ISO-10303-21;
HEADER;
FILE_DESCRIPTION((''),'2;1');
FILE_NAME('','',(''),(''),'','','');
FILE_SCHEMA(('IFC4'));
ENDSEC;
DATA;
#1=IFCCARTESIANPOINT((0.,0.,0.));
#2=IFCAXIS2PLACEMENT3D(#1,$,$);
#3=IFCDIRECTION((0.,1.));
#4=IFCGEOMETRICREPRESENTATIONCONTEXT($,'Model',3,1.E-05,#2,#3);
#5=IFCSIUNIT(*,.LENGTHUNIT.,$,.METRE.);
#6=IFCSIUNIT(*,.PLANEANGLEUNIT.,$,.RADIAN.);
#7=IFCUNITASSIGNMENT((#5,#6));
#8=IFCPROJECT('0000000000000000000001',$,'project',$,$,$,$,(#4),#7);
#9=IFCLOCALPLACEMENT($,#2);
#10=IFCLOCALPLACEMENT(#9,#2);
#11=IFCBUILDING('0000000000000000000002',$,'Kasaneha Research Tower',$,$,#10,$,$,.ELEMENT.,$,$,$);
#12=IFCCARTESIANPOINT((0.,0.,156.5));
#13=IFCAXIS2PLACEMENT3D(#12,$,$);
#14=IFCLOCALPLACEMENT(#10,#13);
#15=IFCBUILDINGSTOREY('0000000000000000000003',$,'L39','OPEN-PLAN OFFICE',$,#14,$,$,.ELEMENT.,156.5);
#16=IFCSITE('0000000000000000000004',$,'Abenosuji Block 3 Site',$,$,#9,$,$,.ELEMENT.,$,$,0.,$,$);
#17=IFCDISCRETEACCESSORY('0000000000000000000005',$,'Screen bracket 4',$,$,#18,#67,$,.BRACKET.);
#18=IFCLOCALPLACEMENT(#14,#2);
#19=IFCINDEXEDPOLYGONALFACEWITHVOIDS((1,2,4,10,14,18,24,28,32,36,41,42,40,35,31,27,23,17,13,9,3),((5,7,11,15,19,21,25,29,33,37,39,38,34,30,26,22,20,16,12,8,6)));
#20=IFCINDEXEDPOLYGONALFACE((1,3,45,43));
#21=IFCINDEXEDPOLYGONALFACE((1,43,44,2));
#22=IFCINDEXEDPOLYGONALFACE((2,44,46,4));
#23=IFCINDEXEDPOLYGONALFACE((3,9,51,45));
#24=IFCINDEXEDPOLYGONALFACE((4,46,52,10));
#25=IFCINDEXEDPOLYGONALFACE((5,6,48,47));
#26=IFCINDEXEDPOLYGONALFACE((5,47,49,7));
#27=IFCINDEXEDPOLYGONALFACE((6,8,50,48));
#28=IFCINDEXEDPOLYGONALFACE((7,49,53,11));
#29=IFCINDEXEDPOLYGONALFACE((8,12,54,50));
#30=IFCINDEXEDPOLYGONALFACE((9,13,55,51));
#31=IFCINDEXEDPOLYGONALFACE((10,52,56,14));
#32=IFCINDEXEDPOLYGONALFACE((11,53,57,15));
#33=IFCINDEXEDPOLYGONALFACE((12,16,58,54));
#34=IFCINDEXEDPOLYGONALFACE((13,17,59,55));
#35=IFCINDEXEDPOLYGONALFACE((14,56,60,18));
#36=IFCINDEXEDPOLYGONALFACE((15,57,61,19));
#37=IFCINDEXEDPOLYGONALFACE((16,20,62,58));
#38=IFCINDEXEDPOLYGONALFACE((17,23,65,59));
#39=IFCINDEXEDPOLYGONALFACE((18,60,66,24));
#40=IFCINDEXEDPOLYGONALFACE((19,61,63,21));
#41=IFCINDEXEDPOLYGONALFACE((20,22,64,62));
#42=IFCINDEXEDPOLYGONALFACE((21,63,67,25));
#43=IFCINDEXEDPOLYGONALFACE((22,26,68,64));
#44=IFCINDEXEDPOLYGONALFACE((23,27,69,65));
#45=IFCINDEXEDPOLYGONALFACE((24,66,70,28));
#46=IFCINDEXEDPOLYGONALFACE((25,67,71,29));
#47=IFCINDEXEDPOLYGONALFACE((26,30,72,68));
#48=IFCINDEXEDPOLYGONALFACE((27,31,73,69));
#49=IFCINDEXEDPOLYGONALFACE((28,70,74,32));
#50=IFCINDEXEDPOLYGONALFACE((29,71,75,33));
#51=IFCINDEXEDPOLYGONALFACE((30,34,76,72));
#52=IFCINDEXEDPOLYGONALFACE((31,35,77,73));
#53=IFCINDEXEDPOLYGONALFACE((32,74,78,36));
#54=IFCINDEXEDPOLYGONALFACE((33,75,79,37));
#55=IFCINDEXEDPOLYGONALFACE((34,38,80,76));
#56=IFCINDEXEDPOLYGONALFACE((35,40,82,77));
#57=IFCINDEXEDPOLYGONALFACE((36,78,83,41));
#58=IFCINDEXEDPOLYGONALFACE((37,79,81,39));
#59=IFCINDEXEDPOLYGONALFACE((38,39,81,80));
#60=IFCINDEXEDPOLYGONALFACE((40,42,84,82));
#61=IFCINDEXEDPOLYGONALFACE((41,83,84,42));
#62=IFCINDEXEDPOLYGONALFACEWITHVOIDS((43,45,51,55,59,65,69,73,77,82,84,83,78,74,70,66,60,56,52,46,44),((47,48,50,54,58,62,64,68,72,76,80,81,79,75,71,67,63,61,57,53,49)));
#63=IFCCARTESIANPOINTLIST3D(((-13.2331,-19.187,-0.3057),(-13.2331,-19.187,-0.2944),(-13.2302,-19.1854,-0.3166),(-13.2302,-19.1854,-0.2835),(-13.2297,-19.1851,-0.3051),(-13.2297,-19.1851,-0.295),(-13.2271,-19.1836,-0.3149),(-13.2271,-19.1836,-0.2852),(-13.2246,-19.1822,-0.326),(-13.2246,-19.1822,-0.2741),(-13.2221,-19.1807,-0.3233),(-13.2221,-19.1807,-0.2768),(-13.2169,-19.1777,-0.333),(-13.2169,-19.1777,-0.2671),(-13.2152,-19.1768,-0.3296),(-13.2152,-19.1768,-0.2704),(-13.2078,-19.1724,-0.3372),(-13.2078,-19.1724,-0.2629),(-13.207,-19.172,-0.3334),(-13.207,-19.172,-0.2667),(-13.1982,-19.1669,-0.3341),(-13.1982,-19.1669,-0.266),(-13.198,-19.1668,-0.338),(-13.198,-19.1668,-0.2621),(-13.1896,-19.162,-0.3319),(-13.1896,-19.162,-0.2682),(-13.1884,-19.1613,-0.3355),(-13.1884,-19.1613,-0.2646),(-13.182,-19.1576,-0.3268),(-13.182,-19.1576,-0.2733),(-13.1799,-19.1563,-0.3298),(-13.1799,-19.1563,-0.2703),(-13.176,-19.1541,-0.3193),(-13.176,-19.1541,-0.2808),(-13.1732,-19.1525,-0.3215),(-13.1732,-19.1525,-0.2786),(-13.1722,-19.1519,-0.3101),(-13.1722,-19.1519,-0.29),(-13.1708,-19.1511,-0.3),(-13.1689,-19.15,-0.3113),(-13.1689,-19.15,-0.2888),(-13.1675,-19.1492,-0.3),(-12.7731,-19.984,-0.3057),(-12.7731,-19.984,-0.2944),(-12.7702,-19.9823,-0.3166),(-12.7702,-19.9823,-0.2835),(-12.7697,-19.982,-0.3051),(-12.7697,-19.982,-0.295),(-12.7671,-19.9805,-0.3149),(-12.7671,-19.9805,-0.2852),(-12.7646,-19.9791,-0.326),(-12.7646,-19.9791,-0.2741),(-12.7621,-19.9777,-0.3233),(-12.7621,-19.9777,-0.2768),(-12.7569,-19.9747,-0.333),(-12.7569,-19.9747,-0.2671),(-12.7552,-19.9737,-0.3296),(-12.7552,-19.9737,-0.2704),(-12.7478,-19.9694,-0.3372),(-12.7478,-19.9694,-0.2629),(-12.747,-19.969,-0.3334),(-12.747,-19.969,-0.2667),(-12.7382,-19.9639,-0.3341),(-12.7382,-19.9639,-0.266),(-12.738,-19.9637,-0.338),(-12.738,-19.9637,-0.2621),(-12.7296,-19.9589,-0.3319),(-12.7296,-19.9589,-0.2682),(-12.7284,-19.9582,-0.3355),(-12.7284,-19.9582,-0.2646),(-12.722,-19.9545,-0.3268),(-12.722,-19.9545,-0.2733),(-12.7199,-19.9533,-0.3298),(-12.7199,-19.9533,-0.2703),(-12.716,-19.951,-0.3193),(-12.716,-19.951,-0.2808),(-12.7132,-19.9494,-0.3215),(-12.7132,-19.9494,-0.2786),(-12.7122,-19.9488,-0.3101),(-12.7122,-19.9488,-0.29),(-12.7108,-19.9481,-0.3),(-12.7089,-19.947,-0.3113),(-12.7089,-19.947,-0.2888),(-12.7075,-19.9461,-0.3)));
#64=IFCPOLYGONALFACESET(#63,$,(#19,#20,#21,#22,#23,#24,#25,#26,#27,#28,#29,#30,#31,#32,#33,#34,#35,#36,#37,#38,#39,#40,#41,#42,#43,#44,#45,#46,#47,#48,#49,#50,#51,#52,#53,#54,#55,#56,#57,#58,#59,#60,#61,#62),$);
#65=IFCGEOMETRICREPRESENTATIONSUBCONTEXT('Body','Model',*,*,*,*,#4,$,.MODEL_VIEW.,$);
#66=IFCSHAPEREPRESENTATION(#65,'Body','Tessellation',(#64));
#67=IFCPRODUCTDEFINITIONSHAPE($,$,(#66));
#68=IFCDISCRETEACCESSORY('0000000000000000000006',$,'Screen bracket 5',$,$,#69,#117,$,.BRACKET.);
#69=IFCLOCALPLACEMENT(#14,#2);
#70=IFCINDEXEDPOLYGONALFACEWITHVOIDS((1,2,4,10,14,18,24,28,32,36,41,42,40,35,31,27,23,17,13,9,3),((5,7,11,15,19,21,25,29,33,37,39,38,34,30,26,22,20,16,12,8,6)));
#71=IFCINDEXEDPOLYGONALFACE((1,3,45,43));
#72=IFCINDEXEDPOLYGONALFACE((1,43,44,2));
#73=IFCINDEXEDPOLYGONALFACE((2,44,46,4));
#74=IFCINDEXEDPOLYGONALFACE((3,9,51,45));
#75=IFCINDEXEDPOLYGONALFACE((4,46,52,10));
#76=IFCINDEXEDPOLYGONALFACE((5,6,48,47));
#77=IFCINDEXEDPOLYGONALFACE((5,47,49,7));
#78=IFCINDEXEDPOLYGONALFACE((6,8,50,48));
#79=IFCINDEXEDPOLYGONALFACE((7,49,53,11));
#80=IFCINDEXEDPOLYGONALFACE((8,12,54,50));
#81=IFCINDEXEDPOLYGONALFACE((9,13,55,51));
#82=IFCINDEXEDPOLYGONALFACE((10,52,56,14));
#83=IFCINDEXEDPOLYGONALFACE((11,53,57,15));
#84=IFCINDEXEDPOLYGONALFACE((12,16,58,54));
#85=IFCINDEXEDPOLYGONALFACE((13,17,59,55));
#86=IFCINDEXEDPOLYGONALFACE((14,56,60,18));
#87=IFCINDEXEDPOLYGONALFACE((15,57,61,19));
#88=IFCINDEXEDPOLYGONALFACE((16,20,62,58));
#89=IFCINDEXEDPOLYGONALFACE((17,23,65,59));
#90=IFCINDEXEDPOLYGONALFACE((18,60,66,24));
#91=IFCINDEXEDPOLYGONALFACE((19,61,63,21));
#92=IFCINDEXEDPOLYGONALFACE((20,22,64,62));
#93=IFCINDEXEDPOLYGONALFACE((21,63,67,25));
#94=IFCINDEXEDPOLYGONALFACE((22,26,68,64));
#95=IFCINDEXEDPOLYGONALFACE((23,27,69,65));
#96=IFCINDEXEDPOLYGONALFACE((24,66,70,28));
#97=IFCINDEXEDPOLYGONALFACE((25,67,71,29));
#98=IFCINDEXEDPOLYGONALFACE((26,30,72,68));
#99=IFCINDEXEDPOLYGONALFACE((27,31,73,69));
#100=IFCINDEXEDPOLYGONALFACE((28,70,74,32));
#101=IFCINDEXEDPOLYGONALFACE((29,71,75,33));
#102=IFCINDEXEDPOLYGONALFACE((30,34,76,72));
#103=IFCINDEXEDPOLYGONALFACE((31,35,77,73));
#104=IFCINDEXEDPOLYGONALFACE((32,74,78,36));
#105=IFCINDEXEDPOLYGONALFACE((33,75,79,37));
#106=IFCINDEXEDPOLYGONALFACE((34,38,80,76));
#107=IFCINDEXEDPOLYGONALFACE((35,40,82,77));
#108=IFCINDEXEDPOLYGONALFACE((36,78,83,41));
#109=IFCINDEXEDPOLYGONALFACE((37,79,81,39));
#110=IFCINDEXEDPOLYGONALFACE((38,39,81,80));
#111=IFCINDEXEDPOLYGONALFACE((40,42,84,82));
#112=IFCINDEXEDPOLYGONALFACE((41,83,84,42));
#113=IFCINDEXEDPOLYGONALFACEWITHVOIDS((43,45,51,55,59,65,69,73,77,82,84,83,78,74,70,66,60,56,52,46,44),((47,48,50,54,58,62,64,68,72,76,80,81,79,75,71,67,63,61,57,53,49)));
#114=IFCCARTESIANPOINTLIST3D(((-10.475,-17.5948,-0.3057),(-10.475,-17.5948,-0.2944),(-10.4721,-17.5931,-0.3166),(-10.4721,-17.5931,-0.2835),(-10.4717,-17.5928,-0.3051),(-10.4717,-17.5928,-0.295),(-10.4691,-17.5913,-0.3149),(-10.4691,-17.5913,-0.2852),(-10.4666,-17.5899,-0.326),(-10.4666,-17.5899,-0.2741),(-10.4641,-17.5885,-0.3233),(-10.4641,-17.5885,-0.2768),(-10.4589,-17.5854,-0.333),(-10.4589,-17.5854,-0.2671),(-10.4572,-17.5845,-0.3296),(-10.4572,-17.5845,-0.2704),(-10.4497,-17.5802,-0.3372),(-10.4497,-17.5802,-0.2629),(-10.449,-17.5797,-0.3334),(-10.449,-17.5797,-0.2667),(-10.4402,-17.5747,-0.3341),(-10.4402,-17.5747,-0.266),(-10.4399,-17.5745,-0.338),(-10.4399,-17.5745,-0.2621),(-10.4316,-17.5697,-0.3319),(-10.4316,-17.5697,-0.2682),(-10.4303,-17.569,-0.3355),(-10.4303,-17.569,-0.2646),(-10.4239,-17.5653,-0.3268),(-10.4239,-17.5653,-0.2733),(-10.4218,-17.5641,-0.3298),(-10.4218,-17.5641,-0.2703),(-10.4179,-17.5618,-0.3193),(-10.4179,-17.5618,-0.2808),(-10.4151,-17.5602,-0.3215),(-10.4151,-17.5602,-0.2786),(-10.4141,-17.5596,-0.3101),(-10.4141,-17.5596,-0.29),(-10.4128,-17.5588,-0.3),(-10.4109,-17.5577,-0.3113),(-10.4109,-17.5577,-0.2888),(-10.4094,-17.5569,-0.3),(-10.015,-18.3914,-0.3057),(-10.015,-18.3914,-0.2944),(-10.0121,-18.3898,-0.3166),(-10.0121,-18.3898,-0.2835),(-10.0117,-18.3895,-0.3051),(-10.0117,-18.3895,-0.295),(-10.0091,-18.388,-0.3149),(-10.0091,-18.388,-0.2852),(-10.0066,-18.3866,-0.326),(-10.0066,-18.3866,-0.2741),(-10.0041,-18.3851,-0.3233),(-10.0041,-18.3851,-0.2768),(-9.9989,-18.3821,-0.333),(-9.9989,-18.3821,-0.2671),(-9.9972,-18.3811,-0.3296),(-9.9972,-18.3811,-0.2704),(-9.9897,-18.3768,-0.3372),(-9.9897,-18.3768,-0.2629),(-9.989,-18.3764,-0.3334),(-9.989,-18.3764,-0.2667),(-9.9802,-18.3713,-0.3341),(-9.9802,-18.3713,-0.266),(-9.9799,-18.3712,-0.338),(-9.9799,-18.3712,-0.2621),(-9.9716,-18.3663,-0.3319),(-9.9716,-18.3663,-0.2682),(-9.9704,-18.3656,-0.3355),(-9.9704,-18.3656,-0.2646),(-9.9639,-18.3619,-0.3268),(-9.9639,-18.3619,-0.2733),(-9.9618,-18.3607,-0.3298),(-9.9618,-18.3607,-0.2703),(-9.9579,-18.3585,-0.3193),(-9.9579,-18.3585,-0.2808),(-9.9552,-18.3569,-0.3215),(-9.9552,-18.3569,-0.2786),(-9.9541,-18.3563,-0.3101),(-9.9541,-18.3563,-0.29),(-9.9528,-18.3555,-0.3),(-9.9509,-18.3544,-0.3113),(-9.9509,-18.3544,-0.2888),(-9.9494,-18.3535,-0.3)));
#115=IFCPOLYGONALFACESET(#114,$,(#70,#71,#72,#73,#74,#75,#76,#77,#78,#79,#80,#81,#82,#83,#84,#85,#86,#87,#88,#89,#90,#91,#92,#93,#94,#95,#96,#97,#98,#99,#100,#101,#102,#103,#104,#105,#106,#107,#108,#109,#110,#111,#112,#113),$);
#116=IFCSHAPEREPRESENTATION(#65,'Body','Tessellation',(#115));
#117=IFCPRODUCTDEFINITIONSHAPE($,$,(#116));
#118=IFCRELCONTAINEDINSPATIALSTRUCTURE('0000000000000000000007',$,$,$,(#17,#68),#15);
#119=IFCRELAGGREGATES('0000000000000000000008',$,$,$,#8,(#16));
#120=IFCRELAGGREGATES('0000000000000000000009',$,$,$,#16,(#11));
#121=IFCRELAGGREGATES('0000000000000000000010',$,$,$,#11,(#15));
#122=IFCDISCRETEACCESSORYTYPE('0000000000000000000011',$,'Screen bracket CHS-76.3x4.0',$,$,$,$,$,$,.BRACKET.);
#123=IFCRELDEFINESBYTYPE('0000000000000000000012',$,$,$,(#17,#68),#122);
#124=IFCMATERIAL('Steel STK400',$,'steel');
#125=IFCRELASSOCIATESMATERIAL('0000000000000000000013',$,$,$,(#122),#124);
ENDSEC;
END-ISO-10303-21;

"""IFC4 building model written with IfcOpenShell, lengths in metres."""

from ifc_helpers import new_model, si_unit, direction, frame, origin, origin_2d, place, context, subcontext, project, spatial, hollow_circle, extrude, material, material_profile, profile_set, type_object, element, save


model = new_model("IFC4")

# Units and contexts
model_context = context("Model", 3, precision=1e-05, world=origin(), true_north=direction((0.0, 1.0)))
body_context = subcontext(model_context, "Body", "Model", "MODEL_VIEW")
ifc_project = project(units=[si_unit("LENGTHUNIT", "METRE"), si_unit("PLANEANGLEUNIT", "RADIAN")], contexts=[model_context])

# Site, building, storey
site_placement = place(None, origin())
site = spatial("IfcSite", under=ifc_project, at=site_placement, Name="Abenosuji Block 3 Site", CompositionType="ELEMENT", RefElevation=0.0)
building_placement = place(site_placement, origin())
building = spatial("IfcBuilding", under=site, at=building_placement, Name="Kasaneha Research Tower", CompositionType="ELEMENT")
storey_placement = place(building_placement, frame((0.0, 0.0, 156.5)))
storey = spatial("IfcBuildingStorey", under=building, at=storey_placement, Name="L39", Description="OPEN-PLAN OFFICE", CompositionType="ELEMENT", Elevation=156.5)

# Discrete accessories
ifc_material_1 = material(Name="Steel STK400", Category="steel")
ifc_material_profile_1 = material_profile(ifc_material_1, hollow_circle(Radius=0.0381, WallThickness=0.0039, at=origin_2d()), Name="CHS-76.3x4.0")
ifc_profile_set_1 = profile_set([ifc_material_profile_1], Name="Steel STK400")
discrete_accessory_type = type_object("IfcDiscreteAccessoryType", Name="Screen bracket CHS-76.3x4.0", PredefinedType="BRACKET", material=ifc_profile_set_1)
discrete_accessory_1_placement = place(storey_placement, frame((-13.2004, -19.1682, -0.3), z_axis=(0.499906, -0.86608, 0.0), x_axis=(0.86608, 0.499906, 0.0)))
element("IfcDiscreteAccessory", 1, at=discrete_accessory_1_placement, inside=storey, type_object=discrete_accessory_type, Name="Screen bracket 4", PredefinedType="BRACKET", context=body_context, shape_type="SweptSolid", body=[
    extrude(hollow_circle(Radius=0.0381, WallThickness=0.0039, at=origin_2d()), origin(), (0.0, 0.0, 1.0), 0.9202),
])
discrete_accessory_2_placement = place(storey_placement, frame((-10.4424, -17.5759, -0.3), z_axis=(0.500021, -0.866013, 0.0), x_axis=(0.866013, 0.500021, 0.0)))
element("IfcDiscreteAccessory", 2, at=discrete_accessory_2_placement, inside=storey, type_object=discrete_accessory_type, Name="Screen bracket 5", PredefinedType="BRACKET", context=body_context, shape_type="SweptSolid", body=[
    extrude(hollow_circle(Radius=0.0381, WallThickness=0.0039, at=origin_2d()), origin(), (0.0, 0.0, 1.0), 0.9199),
])

save(model, "model.ifc")
